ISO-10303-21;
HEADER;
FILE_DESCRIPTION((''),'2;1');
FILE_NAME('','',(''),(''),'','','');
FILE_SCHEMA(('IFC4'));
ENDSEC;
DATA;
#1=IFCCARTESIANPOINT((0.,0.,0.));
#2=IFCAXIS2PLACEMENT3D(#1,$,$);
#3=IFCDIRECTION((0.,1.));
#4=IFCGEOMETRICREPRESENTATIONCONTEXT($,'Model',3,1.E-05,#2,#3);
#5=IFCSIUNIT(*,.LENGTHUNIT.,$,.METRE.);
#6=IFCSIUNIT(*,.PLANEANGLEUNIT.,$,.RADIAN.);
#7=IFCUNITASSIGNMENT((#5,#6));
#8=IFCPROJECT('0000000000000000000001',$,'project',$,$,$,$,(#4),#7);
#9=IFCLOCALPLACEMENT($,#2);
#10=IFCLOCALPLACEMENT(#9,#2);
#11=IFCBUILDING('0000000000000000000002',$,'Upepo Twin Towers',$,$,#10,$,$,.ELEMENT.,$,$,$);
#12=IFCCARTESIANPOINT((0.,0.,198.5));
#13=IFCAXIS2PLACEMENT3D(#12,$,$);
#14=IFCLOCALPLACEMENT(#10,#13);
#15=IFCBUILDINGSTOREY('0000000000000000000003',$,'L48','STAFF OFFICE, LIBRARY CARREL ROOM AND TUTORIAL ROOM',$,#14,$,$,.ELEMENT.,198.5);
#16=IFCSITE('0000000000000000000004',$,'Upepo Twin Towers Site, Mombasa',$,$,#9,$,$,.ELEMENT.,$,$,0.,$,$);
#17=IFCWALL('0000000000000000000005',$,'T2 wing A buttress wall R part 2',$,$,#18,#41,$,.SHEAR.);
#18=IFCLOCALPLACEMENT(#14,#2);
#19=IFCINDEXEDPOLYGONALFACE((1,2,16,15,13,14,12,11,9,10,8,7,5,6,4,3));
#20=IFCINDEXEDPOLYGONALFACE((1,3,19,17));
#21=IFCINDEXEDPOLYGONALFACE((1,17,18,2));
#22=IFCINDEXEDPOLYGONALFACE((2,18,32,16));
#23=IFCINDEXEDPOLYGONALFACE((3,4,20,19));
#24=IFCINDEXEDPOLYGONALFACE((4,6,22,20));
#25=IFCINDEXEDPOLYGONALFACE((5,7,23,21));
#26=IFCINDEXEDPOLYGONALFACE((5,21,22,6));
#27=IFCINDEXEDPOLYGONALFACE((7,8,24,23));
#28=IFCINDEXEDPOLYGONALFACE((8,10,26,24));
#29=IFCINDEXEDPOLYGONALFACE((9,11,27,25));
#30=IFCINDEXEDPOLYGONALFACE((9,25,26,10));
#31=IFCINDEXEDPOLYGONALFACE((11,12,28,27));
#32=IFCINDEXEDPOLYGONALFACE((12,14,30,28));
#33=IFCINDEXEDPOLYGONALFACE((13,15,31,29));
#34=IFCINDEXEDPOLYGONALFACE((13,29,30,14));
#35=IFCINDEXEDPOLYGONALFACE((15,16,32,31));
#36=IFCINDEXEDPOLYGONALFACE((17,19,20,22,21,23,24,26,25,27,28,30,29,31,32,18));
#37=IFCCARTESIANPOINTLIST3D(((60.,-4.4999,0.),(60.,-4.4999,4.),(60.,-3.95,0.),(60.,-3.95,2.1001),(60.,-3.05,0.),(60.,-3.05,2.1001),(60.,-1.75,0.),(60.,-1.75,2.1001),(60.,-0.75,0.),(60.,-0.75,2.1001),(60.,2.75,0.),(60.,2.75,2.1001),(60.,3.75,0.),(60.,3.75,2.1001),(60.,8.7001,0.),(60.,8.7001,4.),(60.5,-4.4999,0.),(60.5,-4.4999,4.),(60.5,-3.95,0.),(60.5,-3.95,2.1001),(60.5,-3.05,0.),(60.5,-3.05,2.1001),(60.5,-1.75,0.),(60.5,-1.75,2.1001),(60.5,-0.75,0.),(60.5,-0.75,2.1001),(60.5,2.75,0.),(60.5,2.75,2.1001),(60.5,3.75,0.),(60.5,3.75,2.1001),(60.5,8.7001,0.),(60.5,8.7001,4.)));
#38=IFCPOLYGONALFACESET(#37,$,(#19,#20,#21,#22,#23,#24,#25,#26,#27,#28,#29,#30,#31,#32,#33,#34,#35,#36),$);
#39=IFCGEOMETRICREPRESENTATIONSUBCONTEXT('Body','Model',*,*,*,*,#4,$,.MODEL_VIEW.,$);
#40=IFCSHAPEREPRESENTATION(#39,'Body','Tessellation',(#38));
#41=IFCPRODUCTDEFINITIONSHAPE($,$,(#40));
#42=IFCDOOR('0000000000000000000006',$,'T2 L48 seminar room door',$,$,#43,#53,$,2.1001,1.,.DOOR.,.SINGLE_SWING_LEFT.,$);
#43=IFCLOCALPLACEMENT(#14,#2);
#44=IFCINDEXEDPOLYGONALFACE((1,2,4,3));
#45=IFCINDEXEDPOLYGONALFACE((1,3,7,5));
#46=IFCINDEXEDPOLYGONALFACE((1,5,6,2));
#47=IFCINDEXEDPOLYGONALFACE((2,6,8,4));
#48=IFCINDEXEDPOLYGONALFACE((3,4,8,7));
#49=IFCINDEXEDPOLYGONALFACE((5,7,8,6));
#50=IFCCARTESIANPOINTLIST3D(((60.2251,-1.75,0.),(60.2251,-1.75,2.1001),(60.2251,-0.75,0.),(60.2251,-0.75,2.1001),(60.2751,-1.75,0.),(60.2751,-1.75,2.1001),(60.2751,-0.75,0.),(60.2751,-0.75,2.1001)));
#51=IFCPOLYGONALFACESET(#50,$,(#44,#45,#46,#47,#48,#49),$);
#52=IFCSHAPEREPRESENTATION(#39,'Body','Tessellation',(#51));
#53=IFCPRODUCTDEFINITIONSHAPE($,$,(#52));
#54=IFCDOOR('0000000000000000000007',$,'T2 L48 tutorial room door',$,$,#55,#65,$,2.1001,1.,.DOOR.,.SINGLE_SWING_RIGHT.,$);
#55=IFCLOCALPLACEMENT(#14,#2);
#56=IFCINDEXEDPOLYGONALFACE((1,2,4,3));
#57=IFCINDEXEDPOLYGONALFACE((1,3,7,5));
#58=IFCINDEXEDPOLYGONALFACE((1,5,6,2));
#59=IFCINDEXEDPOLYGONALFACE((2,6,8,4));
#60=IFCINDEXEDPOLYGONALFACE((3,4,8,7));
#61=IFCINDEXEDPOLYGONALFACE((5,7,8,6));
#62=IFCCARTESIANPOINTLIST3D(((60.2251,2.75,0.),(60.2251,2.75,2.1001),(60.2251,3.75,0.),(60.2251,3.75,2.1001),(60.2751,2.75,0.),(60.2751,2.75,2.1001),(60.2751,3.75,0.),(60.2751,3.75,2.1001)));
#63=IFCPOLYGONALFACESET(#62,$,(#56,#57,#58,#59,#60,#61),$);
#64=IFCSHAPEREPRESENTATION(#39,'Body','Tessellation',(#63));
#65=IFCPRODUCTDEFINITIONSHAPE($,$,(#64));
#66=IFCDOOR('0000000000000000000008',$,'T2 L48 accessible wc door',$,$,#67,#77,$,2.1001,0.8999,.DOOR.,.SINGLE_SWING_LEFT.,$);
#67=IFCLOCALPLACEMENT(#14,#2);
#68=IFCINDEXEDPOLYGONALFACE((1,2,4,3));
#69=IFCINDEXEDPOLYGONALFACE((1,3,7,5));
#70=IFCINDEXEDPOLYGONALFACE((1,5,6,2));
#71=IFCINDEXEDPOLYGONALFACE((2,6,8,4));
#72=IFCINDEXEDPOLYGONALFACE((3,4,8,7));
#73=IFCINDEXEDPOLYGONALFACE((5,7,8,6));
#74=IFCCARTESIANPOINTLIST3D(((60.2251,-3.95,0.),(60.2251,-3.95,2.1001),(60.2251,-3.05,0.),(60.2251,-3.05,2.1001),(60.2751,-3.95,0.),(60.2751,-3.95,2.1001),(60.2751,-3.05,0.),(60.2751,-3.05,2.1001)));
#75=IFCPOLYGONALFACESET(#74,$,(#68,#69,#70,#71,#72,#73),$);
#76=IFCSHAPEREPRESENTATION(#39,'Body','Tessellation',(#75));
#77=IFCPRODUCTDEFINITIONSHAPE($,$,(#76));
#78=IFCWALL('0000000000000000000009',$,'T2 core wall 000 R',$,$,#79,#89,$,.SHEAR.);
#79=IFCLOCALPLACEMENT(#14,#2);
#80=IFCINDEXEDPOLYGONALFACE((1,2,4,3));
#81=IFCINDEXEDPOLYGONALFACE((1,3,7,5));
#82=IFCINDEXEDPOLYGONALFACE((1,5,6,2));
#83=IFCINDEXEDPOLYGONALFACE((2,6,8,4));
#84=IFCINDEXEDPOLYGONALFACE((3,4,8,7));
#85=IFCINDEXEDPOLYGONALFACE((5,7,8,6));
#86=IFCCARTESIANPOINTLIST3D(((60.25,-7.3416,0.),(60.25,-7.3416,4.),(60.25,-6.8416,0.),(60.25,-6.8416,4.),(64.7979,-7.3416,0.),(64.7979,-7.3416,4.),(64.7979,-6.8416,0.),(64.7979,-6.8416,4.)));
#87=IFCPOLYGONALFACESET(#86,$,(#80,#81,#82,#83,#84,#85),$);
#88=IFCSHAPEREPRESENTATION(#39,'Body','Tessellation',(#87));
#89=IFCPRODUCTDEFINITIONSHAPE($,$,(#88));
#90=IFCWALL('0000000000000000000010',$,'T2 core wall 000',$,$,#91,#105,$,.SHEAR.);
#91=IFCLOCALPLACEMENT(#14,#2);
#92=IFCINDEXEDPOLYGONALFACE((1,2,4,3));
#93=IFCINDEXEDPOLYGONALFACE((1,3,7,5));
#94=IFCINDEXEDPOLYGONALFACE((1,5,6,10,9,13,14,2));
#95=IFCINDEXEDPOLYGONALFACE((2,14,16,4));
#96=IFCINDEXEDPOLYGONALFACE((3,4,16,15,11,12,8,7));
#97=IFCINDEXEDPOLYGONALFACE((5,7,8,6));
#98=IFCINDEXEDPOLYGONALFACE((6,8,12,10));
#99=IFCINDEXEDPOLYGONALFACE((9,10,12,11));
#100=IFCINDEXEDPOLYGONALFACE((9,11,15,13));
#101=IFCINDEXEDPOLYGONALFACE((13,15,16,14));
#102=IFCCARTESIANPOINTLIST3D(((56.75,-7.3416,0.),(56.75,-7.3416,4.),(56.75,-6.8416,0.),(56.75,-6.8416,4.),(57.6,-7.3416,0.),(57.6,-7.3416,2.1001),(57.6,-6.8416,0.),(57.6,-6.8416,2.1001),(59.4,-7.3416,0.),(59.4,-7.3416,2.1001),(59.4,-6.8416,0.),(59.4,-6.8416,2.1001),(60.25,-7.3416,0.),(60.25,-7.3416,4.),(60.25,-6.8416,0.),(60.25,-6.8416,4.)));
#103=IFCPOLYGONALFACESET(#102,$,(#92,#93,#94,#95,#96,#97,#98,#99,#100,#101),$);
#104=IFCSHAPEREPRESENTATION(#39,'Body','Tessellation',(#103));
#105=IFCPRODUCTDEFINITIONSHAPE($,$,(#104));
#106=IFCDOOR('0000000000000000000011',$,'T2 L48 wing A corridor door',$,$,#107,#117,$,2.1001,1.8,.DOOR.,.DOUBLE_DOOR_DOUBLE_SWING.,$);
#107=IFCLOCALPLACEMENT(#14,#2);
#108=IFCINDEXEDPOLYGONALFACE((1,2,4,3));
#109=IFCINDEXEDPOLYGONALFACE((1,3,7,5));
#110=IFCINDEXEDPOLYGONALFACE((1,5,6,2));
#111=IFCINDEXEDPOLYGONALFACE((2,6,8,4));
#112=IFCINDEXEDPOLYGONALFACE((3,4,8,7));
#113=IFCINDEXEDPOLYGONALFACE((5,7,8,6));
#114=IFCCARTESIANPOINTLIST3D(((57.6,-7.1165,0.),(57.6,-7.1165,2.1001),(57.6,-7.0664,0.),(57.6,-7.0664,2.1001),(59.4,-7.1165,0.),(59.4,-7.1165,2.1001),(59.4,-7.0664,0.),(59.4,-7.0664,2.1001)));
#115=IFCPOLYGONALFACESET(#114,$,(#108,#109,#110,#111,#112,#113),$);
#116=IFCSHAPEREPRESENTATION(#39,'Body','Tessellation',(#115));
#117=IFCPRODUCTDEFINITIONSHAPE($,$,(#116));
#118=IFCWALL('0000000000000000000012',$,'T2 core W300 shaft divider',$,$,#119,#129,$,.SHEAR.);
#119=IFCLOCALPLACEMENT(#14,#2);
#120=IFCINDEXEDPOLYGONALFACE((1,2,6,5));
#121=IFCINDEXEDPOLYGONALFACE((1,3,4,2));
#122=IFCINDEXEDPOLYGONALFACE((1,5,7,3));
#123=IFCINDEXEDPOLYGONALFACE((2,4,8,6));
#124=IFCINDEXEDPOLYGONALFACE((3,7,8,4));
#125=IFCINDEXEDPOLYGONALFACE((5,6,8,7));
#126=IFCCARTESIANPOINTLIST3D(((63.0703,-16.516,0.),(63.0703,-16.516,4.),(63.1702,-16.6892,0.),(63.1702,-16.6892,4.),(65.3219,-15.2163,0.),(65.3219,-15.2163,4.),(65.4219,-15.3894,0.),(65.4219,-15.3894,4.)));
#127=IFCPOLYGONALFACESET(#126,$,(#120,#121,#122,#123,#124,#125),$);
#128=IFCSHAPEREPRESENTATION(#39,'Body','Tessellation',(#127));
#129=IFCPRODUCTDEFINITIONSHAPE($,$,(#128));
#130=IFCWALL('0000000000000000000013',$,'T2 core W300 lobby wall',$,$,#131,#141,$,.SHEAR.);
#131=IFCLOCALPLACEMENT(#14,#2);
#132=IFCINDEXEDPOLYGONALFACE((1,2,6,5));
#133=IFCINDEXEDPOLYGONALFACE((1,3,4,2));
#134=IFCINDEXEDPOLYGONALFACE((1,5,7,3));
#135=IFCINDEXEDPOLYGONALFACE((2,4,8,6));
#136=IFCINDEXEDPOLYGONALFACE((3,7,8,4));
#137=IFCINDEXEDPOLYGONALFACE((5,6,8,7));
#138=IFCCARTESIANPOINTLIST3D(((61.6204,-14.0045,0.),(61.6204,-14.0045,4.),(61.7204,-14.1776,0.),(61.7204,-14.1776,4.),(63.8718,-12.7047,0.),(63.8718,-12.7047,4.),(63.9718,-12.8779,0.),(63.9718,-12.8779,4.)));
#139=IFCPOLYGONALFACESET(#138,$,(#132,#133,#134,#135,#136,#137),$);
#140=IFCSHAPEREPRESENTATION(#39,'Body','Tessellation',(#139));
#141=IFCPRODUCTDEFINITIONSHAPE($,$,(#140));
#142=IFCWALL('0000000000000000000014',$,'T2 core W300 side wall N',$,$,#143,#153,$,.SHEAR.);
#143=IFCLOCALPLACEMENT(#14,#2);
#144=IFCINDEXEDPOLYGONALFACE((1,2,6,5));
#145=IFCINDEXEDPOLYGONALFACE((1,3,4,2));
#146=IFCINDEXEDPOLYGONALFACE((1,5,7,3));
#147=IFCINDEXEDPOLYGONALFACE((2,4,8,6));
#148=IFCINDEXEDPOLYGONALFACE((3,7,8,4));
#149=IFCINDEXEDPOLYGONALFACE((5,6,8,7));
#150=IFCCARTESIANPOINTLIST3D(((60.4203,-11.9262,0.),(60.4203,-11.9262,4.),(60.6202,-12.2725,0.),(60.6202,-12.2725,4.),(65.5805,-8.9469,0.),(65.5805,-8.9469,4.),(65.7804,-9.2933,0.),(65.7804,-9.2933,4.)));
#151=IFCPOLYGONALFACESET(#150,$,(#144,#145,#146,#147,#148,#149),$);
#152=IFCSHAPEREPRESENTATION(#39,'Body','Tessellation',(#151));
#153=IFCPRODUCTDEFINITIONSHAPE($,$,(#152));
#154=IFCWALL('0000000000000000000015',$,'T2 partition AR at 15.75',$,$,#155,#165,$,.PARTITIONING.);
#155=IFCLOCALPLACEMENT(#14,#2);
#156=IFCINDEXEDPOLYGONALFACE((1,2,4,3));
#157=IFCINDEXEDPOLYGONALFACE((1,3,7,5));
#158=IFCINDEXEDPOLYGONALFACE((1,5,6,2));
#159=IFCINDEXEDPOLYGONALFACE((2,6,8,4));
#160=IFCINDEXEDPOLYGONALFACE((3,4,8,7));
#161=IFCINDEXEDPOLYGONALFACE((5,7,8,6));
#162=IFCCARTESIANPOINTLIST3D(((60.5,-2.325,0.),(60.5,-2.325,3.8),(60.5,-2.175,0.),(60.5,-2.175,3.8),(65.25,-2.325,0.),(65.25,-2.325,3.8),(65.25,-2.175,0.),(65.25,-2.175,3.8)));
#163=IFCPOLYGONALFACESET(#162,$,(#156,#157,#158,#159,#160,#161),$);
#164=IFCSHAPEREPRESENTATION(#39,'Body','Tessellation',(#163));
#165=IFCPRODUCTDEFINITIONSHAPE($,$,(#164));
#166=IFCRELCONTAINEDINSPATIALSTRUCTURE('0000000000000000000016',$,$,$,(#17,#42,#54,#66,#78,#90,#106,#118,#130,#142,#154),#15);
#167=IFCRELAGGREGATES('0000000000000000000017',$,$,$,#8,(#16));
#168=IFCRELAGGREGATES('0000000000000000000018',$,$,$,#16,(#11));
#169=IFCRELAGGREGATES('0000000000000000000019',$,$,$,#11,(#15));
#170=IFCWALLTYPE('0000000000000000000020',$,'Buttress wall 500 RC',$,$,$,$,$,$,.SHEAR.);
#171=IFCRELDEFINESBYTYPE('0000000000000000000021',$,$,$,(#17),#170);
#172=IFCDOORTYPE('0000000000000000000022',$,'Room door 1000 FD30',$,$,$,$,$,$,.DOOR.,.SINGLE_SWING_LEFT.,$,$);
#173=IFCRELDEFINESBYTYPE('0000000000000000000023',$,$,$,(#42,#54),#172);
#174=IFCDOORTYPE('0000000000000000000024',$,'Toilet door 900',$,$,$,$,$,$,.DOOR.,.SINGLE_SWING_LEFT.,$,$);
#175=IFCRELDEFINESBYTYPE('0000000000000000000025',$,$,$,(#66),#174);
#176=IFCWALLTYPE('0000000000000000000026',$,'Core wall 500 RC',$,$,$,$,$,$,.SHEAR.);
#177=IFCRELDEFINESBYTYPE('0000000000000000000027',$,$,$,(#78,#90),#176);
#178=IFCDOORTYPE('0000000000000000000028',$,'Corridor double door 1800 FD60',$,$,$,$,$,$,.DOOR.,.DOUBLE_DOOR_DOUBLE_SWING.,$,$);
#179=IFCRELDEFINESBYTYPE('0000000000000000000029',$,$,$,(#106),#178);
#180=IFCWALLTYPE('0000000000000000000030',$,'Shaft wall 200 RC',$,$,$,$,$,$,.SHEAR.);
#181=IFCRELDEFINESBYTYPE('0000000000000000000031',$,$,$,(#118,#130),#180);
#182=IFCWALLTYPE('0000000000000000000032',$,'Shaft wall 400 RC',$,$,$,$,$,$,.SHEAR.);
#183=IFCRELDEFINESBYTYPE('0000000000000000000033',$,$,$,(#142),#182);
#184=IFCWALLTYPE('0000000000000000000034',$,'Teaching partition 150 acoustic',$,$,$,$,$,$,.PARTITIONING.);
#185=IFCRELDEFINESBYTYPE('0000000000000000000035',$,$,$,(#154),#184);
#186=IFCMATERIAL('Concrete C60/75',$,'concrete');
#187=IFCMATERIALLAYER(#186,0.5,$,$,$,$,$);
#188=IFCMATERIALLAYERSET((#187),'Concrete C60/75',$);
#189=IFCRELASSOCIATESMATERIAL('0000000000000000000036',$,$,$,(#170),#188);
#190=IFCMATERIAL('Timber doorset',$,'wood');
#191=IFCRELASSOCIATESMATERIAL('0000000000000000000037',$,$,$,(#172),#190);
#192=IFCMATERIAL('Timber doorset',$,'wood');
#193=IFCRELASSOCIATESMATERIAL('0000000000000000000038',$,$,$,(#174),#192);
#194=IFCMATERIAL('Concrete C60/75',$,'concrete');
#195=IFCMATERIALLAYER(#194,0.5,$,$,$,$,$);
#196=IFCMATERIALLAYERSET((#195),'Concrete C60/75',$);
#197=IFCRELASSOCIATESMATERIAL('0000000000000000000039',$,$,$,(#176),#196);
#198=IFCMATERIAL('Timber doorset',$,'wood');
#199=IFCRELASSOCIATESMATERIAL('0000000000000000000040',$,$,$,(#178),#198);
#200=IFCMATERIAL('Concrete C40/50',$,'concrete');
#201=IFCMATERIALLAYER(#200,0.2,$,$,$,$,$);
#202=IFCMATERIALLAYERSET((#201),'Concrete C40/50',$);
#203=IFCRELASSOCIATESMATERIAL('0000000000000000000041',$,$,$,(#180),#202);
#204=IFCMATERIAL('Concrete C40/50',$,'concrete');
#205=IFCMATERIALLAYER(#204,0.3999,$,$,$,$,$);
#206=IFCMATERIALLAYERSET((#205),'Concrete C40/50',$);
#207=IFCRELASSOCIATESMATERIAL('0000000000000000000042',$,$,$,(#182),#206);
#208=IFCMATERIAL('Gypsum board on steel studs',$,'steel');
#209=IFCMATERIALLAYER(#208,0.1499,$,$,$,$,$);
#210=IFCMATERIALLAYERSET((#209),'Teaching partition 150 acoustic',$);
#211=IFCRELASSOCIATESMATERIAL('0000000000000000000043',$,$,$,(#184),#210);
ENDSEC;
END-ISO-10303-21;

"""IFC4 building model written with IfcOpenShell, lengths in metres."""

from ifc_helpers import new_model, si_unit, direction, frame, frame_2d, origin, place, context, subcontext, project, spatial, rectangle, extrude, material, layer, layer_set, type_object, element, fill, save


model = new_model("IFC4")

# Units and contexts
model_context = context("Model", 3, precision=1e-05, world=origin(), true_north=direction((0.0, 1.0)))
body_context = subcontext(model_context, "Body", "Model", "MODEL_VIEW")
ifc_project = project(units=[si_unit("LENGTHUNIT", "METRE"), si_unit("PLANEANGLEUNIT", "RADIAN")], contexts=[model_context])

# Site, building, storey
site_placement = place(None, origin())
site = spatial("IfcSite", under=ifc_project, at=site_placement, Name="Upepo Twin Towers Site, Mombasa", CompositionType="ELEMENT", RefElevation=0.0)
building_placement = place(site_placement, origin())
building = spatial("IfcBuilding", under=site, at=building_placement, Name="Upepo Twin Towers", CompositionType="ELEMENT")
storey_placement = place(building_placement, frame((0.0, 0.0, 198.5)))
storey = spatial("IfcBuildingStorey", under=building, at=storey_placement, Name="L48", Description="STAFF OFFICE, LIBRARY CARREL ROOM AND TUTORIAL ROOM", CompositionType="ELEMENT", Elevation=198.5)

# Wall, openings, doors
ifc_material_1 = material(Name="Concrete C60/75", Category="concrete")
ifc_layer_1 = layer(ifc_material_1, 0.5)
ifc_layer_set_1 = layer_set([ifc_layer_1], Name="Concrete C60/75")
wall_type_1 = type_object("IfcWallType", Name="Buttress wall 500 RC", PredefinedType="SHEAR", material=ifc_layer_set_1)
wall_1_placement = place(storey_placement, frame((60.25, -4.5, 0.0), z_axis=(0.0, 0.0, 1.0), x_axis=(0.0, 1.0, 0.0)))
wall_1 = element("IfcWall", 1, at=wall_1_placement, inside=storey, type_object=wall_type_1, Name="T2 wing A buttress wall R part 2", PredefinedType="SHEAR", context=body_context, shape_type="SweptSolid", body=[
    extrude(rectangle(XDim=13.2, YDim=0.5, at=frame_2d((6.6001, 0.0))), origin(), (0.0, 0.0, 1.0), 4.0),
])
opening_1_placement = place(wall_1_placement, frame((0.55, 0.0, 0.0)))
opening_1 = element("IfcOpeningElement", 2, at=opening_1_placement, cuts=wall_1, PredefinedType="OPENING", context=body_context, shape_type="SweptSolid", body=[
    extrude(rectangle(XDim=0.8999, YDim=2.1001, at=frame_2d((0.45, 1.05))), frame((0.0, 0.26, 0.0), z_axis=(0.0, -1.0, 0.0), x_axis=(1.0, 0.0, 0.0)), (0.0, 0.0, 1.0), 0.52),
])
opening_2_placement = place(wall_1_placement, frame((2.75, 0.0, 0.0)))
opening_2 = element("IfcOpeningElement", 3, at=opening_2_placement, cuts=wall_1, PredefinedType="OPENING", context=body_context, shape_type="SweptSolid", body=[
    extrude(rectangle(XDim=1.0, YDim=2.1001, at=frame_2d((0.5, 1.05))), frame((0.0, 0.26, 0.0), z_axis=(0.0, -1.0, 0.0), x_axis=(1.0, 0.0, 0.0)), (0.0, 0.0, 1.0), 0.52),
])
opening_3_placement = place(wall_1_placement, frame((7.25, 0.0, 0.0)))
opening_3 = element("IfcOpeningElement", 4, at=opening_3_placement, cuts=wall_1, PredefinedType="OPENING", context=body_context, shape_type="SweptSolid", body=[
    extrude(rectangle(XDim=1.0, YDim=2.1001, at=frame_2d((0.5, 1.05))), frame((0.0, 0.26, 0.0), z_axis=(0.0, -1.0, 0.0), x_axis=(1.0, 0.0, 0.0)), (0.0, 0.0, 1.0), 0.52),
])
ifc_material_2 = material(Name="Timber doorset", Category="wood")
door_type_1 = type_object("IfcDoorType", Name="Room door 1000 FD30", OperationType="SINGLE_SWING_LEFT", PredefinedType="DOOR", material=ifc_material_2)
door_1_placement = place(opening_2_placement, origin())
door_1 = element("IfcDoor", 5, at=door_1_placement, inside=storey, type_object=door_type_1, Name="T2 L48 seminar room door", OperationType="SINGLE_SWING_LEFT", OverallHeight=2.1001, OverallWidth=1.0, PredefinedType="DOOR", context=body_context, shape_type="SweptSolid", body=[
    extrude(rectangle(XDim=1.0, YDim=2.1001, at=frame_2d((0.5, 1.05))), frame((0.0, 0.0249, 0.0), z_axis=(0.0, -1.0, 0.0), x_axis=(1.0, 0.0, 0.0)), (0.0, 0.0, 1.0), 0.05),
])
fill(opening_2, door_1)
door_2_placement = place(opening_3_placement, origin())
door_2 = element("IfcDoor", 6, at=door_2_placement, inside=storey, type_object=door_type_1, Name="T2 L48 tutorial room door", OperationType="SINGLE_SWING_RIGHT", OverallHeight=2.1001, OverallWidth=1.0, PredefinedType="DOOR", context=body_context, shape_type="SweptSolid", body=[
    extrude(rectangle(XDim=1.0, YDim=2.1001, at=frame_2d((0.5, 1.05))), frame((0.0, 0.0249, 0.0), z_axis=(0.0, -1.0, 0.0), x_axis=(1.0, 0.0, 0.0)), (0.0, 0.0, 1.0), 0.05),
])
fill(opening_3, door_2)
ifc_material_3 = material(Name="Timber doorset", Category="wood")
door_type_2 = type_object("IfcDoorType", Name="Toilet door 900", OperationType="SINGLE_SWING_LEFT", PredefinedType="DOOR", material=ifc_material_3)
door_3_placement = place(opening_1_placement, origin())
door_3 = element("IfcDoor", 7, at=door_3_placement, inside=storey, type_object=door_type_2, Name="T2 L48 accessible wc door", OperationType="SINGLE_SWING_LEFT", OverallHeight=2.1001, OverallWidth=0.8999, PredefinedType="DOOR", context=body_context, shape_type="SweptSolid", body=[
    extrude(rectangle(XDim=0.8999, YDim=2.1001, at=frame_2d((0.45, 1.05))), frame((0.0, 0.0249, 0.0), z_axis=(0.0, -1.0, 0.0), x_axis=(1.0, 0.0, 0.0)), (0.0, 0.0, 1.0), 0.05),
])
fill(opening_1, door_3)

# Wall
ifc_material_4 = material(Name="Concrete C60/75", Category="concrete")
ifc_layer_2 = layer(ifc_material_4, 0.5)
ifc_layer_set_2 = layer_set([ifc_layer_2], Name="Concrete C60/75")
wall_type_2 = type_object("IfcWallType", Name="Core wall 500 RC", PredefinedType="SHEAR", material=ifc_layer_set_2)
wall_2_placement = place(storey_placement, frame((64.7979, -7.0916, 0.0), z_axis=(0.0, 0.0, 1.0), x_axis=(-1.0, 0.0, 0.0)))
element("IfcWall", 8, at=wall_2_placement, inside=storey, type_object=wall_type_2, Name="T2 core wall 000 R", PredefinedType="SHEAR", context=body_context, shape_type="SweptSolid", body=[
    extrude(rectangle(XDim=4.5479, YDim=0.5, at=frame_2d((2.2739, 0.0))), origin(), (0.0, 0.0, 1.0), 4.0),
])

# Wall, opening, door
wall_3_placement = place(storey_placement, frame((60.25, -7.0916, 0.0), z_axis=(0.0, 0.0, 1.0), x_axis=(-1.0, 0.0, 0.0)))
wall_3 = element("IfcWall", 9, at=wall_3_placement, inside=storey, type_object=wall_type_2, Name="T2 core wall 000", PredefinedType="SHEAR", context=body_context, shape_type="SweptSolid", body=[
    extrude(rectangle(XDim=3.5, YDim=0.5, at=frame_2d((1.75, 0.0))), origin(), (0.0, 0.0, 1.0), 4.0),
])
opening_4_placement = place(wall_3_placement, frame((0.8501, 0.0, 0.0)))
opening_4 = element("IfcOpeningElement", 10, at=opening_4_placement, cuts=wall_3, PredefinedType="OPENING", context=body_context, shape_type="SweptSolid", body=[
    extrude(rectangle(XDim=1.8, YDim=2.1001, at=frame_2d((0.8999, 1.05))), frame((0.0, 0.26, 0.0), z_axis=(0.0, -1.0, 0.0), x_axis=(1.0, 0.0, 0.0)), (0.0, 0.0, 1.0), 0.52),
])
ifc_material_5 = material(Name="Timber doorset", Category="wood")
door_type_3 = type_object("IfcDoorType", Name="Corridor double door 1800 FD60", OperationType="DOUBLE_DOOR_DOUBLE_SWING", PredefinedType="DOOR", material=ifc_material_5)
door_4_placement = place(opening_4_placement, origin())
door_4 = element("IfcDoor", 11, at=door_4_placement, inside=storey, type_object=door_type_3, Name="T2 L48 wing A corridor door", OperationType="DOUBLE_DOOR_DOUBLE_SWING", OverallHeight=2.1001, OverallWidth=1.8, PredefinedType="DOOR", context=body_context, shape_type="SweptSolid", body=[
    extrude(rectangle(XDim=1.8, YDim=2.1001, at=frame_2d((0.8999, 1.05))), frame((0.0, 0.0249, 0.0), z_axis=(0.0, -1.0, 0.0), x_axis=(1.0, 0.0, 0.0)), (0.0, 0.0, 1.0), 0.05),
])
fill(opening_4, door_4)

# Walls
ifc_material_6 = material(Name="Concrete C40/50", Category="concrete")
ifc_layer_3 = layer(ifc_material_6, 0.2)
ifc_layer_set_3 = layer_set([ifc_layer_3], Name="Concrete C40/50")
wall_type_3 = type_object("IfcWallType", Name="Shaft wall 200 RC", PredefinedType="SHEAR", material=ifc_layer_set_3)
wall_4_placement = place(storey_placement, frame((63.1204, -16.6025, 0.0), z_axis=(0.0, 0.0, 1.0), x_axis=(0.866062, 0.499937, 0.0)))
element("IfcWall", 12, at=wall_4_placement, inside=storey, type_object=wall_type_3, Name="T2 core W300 shaft divider", PredefinedType="SHEAR", context=body_context, shape_type="SweptSolid", body=[
    extrude(rectangle(XDim=2.5999, YDim=0.2, at=frame_2d((1.2998, 0.0))), origin(), (0.0, 0.0, 1.0), 4.0),
])
wall_5_placement = place(storey_placement, frame((61.6704, -14.0911, 0.0), z_axis=(0.0, 0.0, 1.0), x_axis=(0.866039, 0.499977, 0.0)))
element("IfcWall", 13, at=wall_5_placement, inside=storey, type_object=wall_type_3, Name="T2 core W300 lobby wall", PredefinedType="SHEAR", context=body_context, shape_type="SweptSolid", body=[
    extrude(rectangle(XDim=2.5996, YDim=0.2, at=frame_2d((1.2998, 0.0))), origin(), (0.0, 0.0, 1.0), 4.0),
])
ifc_material_7 = material(Name="Concrete C40/50", Category="concrete")
ifc_layer_4 = layer(ifc_material_7, 0.3999)
ifc_layer_set_4 = layer_set([ifc_layer_4], Name="Concrete C40/50")
wall_type_4 = type_object("IfcWallType", Name="Shaft wall 400 RC", PredefinedType="SHEAR", material=ifc_layer_set_4)
wall_6_placement = place(storey_placement, frame((60.5203, -12.0994, 0.0), z_axis=(0.0, 0.0, 1.0), x_axis=(0.866023, 0.500004, 0.0)))
element("IfcWall", 14, at=wall_6_placement, inside=storey, type_object=wall_type_4, Name="T2 core W300 side wall N", PredefinedType="SHEAR", context=body_context, shape_type="SweptSolid", body=[
    extrude(rectangle(XDim=5.9585, YDim=0.3999, at=frame_2d((2.9792, 0.0))), origin(), (0.0, 0.0, 1.0), 4.0),
])
ifc_material_8 = material(Name="Gypsum board on steel studs", Category="steel")
ifc_layer_5 = layer(ifc_material_8, 0.1499)
ifc_layer_set_5 = layer_set([ifc_layer_5], Name="Teaching partition 150 acoustic")
wall_type_5 = type_object("IfcWallType", Name="Teaching partition 150 acoustic", PredefinedType="PARTITIONING", material=ifc_layer_set_5)
wall_7_placement = place(storey_placement, frame((60.5, -2.25, 0.0), z_axis=(0.0, 0.0, 1.0), x_axis=(1.0, 0.0, 0.0)))
element("IfcWall", 15, at=wall_7_placement, inside=storey, type_object=wall_type_5, Name="T2 partition AR at 15.75", PredefinedType="PARTITIONING", context=body_context, shape_type="SweptSolid", body=[
    extrude(rectangle(XDim=4.75, YDim=0.1499, at=frame_2d((2.375, 0.0))), origin(), (0.0, 0.0, 1.0), 3.8),
])

save(model, "model.ifc")
